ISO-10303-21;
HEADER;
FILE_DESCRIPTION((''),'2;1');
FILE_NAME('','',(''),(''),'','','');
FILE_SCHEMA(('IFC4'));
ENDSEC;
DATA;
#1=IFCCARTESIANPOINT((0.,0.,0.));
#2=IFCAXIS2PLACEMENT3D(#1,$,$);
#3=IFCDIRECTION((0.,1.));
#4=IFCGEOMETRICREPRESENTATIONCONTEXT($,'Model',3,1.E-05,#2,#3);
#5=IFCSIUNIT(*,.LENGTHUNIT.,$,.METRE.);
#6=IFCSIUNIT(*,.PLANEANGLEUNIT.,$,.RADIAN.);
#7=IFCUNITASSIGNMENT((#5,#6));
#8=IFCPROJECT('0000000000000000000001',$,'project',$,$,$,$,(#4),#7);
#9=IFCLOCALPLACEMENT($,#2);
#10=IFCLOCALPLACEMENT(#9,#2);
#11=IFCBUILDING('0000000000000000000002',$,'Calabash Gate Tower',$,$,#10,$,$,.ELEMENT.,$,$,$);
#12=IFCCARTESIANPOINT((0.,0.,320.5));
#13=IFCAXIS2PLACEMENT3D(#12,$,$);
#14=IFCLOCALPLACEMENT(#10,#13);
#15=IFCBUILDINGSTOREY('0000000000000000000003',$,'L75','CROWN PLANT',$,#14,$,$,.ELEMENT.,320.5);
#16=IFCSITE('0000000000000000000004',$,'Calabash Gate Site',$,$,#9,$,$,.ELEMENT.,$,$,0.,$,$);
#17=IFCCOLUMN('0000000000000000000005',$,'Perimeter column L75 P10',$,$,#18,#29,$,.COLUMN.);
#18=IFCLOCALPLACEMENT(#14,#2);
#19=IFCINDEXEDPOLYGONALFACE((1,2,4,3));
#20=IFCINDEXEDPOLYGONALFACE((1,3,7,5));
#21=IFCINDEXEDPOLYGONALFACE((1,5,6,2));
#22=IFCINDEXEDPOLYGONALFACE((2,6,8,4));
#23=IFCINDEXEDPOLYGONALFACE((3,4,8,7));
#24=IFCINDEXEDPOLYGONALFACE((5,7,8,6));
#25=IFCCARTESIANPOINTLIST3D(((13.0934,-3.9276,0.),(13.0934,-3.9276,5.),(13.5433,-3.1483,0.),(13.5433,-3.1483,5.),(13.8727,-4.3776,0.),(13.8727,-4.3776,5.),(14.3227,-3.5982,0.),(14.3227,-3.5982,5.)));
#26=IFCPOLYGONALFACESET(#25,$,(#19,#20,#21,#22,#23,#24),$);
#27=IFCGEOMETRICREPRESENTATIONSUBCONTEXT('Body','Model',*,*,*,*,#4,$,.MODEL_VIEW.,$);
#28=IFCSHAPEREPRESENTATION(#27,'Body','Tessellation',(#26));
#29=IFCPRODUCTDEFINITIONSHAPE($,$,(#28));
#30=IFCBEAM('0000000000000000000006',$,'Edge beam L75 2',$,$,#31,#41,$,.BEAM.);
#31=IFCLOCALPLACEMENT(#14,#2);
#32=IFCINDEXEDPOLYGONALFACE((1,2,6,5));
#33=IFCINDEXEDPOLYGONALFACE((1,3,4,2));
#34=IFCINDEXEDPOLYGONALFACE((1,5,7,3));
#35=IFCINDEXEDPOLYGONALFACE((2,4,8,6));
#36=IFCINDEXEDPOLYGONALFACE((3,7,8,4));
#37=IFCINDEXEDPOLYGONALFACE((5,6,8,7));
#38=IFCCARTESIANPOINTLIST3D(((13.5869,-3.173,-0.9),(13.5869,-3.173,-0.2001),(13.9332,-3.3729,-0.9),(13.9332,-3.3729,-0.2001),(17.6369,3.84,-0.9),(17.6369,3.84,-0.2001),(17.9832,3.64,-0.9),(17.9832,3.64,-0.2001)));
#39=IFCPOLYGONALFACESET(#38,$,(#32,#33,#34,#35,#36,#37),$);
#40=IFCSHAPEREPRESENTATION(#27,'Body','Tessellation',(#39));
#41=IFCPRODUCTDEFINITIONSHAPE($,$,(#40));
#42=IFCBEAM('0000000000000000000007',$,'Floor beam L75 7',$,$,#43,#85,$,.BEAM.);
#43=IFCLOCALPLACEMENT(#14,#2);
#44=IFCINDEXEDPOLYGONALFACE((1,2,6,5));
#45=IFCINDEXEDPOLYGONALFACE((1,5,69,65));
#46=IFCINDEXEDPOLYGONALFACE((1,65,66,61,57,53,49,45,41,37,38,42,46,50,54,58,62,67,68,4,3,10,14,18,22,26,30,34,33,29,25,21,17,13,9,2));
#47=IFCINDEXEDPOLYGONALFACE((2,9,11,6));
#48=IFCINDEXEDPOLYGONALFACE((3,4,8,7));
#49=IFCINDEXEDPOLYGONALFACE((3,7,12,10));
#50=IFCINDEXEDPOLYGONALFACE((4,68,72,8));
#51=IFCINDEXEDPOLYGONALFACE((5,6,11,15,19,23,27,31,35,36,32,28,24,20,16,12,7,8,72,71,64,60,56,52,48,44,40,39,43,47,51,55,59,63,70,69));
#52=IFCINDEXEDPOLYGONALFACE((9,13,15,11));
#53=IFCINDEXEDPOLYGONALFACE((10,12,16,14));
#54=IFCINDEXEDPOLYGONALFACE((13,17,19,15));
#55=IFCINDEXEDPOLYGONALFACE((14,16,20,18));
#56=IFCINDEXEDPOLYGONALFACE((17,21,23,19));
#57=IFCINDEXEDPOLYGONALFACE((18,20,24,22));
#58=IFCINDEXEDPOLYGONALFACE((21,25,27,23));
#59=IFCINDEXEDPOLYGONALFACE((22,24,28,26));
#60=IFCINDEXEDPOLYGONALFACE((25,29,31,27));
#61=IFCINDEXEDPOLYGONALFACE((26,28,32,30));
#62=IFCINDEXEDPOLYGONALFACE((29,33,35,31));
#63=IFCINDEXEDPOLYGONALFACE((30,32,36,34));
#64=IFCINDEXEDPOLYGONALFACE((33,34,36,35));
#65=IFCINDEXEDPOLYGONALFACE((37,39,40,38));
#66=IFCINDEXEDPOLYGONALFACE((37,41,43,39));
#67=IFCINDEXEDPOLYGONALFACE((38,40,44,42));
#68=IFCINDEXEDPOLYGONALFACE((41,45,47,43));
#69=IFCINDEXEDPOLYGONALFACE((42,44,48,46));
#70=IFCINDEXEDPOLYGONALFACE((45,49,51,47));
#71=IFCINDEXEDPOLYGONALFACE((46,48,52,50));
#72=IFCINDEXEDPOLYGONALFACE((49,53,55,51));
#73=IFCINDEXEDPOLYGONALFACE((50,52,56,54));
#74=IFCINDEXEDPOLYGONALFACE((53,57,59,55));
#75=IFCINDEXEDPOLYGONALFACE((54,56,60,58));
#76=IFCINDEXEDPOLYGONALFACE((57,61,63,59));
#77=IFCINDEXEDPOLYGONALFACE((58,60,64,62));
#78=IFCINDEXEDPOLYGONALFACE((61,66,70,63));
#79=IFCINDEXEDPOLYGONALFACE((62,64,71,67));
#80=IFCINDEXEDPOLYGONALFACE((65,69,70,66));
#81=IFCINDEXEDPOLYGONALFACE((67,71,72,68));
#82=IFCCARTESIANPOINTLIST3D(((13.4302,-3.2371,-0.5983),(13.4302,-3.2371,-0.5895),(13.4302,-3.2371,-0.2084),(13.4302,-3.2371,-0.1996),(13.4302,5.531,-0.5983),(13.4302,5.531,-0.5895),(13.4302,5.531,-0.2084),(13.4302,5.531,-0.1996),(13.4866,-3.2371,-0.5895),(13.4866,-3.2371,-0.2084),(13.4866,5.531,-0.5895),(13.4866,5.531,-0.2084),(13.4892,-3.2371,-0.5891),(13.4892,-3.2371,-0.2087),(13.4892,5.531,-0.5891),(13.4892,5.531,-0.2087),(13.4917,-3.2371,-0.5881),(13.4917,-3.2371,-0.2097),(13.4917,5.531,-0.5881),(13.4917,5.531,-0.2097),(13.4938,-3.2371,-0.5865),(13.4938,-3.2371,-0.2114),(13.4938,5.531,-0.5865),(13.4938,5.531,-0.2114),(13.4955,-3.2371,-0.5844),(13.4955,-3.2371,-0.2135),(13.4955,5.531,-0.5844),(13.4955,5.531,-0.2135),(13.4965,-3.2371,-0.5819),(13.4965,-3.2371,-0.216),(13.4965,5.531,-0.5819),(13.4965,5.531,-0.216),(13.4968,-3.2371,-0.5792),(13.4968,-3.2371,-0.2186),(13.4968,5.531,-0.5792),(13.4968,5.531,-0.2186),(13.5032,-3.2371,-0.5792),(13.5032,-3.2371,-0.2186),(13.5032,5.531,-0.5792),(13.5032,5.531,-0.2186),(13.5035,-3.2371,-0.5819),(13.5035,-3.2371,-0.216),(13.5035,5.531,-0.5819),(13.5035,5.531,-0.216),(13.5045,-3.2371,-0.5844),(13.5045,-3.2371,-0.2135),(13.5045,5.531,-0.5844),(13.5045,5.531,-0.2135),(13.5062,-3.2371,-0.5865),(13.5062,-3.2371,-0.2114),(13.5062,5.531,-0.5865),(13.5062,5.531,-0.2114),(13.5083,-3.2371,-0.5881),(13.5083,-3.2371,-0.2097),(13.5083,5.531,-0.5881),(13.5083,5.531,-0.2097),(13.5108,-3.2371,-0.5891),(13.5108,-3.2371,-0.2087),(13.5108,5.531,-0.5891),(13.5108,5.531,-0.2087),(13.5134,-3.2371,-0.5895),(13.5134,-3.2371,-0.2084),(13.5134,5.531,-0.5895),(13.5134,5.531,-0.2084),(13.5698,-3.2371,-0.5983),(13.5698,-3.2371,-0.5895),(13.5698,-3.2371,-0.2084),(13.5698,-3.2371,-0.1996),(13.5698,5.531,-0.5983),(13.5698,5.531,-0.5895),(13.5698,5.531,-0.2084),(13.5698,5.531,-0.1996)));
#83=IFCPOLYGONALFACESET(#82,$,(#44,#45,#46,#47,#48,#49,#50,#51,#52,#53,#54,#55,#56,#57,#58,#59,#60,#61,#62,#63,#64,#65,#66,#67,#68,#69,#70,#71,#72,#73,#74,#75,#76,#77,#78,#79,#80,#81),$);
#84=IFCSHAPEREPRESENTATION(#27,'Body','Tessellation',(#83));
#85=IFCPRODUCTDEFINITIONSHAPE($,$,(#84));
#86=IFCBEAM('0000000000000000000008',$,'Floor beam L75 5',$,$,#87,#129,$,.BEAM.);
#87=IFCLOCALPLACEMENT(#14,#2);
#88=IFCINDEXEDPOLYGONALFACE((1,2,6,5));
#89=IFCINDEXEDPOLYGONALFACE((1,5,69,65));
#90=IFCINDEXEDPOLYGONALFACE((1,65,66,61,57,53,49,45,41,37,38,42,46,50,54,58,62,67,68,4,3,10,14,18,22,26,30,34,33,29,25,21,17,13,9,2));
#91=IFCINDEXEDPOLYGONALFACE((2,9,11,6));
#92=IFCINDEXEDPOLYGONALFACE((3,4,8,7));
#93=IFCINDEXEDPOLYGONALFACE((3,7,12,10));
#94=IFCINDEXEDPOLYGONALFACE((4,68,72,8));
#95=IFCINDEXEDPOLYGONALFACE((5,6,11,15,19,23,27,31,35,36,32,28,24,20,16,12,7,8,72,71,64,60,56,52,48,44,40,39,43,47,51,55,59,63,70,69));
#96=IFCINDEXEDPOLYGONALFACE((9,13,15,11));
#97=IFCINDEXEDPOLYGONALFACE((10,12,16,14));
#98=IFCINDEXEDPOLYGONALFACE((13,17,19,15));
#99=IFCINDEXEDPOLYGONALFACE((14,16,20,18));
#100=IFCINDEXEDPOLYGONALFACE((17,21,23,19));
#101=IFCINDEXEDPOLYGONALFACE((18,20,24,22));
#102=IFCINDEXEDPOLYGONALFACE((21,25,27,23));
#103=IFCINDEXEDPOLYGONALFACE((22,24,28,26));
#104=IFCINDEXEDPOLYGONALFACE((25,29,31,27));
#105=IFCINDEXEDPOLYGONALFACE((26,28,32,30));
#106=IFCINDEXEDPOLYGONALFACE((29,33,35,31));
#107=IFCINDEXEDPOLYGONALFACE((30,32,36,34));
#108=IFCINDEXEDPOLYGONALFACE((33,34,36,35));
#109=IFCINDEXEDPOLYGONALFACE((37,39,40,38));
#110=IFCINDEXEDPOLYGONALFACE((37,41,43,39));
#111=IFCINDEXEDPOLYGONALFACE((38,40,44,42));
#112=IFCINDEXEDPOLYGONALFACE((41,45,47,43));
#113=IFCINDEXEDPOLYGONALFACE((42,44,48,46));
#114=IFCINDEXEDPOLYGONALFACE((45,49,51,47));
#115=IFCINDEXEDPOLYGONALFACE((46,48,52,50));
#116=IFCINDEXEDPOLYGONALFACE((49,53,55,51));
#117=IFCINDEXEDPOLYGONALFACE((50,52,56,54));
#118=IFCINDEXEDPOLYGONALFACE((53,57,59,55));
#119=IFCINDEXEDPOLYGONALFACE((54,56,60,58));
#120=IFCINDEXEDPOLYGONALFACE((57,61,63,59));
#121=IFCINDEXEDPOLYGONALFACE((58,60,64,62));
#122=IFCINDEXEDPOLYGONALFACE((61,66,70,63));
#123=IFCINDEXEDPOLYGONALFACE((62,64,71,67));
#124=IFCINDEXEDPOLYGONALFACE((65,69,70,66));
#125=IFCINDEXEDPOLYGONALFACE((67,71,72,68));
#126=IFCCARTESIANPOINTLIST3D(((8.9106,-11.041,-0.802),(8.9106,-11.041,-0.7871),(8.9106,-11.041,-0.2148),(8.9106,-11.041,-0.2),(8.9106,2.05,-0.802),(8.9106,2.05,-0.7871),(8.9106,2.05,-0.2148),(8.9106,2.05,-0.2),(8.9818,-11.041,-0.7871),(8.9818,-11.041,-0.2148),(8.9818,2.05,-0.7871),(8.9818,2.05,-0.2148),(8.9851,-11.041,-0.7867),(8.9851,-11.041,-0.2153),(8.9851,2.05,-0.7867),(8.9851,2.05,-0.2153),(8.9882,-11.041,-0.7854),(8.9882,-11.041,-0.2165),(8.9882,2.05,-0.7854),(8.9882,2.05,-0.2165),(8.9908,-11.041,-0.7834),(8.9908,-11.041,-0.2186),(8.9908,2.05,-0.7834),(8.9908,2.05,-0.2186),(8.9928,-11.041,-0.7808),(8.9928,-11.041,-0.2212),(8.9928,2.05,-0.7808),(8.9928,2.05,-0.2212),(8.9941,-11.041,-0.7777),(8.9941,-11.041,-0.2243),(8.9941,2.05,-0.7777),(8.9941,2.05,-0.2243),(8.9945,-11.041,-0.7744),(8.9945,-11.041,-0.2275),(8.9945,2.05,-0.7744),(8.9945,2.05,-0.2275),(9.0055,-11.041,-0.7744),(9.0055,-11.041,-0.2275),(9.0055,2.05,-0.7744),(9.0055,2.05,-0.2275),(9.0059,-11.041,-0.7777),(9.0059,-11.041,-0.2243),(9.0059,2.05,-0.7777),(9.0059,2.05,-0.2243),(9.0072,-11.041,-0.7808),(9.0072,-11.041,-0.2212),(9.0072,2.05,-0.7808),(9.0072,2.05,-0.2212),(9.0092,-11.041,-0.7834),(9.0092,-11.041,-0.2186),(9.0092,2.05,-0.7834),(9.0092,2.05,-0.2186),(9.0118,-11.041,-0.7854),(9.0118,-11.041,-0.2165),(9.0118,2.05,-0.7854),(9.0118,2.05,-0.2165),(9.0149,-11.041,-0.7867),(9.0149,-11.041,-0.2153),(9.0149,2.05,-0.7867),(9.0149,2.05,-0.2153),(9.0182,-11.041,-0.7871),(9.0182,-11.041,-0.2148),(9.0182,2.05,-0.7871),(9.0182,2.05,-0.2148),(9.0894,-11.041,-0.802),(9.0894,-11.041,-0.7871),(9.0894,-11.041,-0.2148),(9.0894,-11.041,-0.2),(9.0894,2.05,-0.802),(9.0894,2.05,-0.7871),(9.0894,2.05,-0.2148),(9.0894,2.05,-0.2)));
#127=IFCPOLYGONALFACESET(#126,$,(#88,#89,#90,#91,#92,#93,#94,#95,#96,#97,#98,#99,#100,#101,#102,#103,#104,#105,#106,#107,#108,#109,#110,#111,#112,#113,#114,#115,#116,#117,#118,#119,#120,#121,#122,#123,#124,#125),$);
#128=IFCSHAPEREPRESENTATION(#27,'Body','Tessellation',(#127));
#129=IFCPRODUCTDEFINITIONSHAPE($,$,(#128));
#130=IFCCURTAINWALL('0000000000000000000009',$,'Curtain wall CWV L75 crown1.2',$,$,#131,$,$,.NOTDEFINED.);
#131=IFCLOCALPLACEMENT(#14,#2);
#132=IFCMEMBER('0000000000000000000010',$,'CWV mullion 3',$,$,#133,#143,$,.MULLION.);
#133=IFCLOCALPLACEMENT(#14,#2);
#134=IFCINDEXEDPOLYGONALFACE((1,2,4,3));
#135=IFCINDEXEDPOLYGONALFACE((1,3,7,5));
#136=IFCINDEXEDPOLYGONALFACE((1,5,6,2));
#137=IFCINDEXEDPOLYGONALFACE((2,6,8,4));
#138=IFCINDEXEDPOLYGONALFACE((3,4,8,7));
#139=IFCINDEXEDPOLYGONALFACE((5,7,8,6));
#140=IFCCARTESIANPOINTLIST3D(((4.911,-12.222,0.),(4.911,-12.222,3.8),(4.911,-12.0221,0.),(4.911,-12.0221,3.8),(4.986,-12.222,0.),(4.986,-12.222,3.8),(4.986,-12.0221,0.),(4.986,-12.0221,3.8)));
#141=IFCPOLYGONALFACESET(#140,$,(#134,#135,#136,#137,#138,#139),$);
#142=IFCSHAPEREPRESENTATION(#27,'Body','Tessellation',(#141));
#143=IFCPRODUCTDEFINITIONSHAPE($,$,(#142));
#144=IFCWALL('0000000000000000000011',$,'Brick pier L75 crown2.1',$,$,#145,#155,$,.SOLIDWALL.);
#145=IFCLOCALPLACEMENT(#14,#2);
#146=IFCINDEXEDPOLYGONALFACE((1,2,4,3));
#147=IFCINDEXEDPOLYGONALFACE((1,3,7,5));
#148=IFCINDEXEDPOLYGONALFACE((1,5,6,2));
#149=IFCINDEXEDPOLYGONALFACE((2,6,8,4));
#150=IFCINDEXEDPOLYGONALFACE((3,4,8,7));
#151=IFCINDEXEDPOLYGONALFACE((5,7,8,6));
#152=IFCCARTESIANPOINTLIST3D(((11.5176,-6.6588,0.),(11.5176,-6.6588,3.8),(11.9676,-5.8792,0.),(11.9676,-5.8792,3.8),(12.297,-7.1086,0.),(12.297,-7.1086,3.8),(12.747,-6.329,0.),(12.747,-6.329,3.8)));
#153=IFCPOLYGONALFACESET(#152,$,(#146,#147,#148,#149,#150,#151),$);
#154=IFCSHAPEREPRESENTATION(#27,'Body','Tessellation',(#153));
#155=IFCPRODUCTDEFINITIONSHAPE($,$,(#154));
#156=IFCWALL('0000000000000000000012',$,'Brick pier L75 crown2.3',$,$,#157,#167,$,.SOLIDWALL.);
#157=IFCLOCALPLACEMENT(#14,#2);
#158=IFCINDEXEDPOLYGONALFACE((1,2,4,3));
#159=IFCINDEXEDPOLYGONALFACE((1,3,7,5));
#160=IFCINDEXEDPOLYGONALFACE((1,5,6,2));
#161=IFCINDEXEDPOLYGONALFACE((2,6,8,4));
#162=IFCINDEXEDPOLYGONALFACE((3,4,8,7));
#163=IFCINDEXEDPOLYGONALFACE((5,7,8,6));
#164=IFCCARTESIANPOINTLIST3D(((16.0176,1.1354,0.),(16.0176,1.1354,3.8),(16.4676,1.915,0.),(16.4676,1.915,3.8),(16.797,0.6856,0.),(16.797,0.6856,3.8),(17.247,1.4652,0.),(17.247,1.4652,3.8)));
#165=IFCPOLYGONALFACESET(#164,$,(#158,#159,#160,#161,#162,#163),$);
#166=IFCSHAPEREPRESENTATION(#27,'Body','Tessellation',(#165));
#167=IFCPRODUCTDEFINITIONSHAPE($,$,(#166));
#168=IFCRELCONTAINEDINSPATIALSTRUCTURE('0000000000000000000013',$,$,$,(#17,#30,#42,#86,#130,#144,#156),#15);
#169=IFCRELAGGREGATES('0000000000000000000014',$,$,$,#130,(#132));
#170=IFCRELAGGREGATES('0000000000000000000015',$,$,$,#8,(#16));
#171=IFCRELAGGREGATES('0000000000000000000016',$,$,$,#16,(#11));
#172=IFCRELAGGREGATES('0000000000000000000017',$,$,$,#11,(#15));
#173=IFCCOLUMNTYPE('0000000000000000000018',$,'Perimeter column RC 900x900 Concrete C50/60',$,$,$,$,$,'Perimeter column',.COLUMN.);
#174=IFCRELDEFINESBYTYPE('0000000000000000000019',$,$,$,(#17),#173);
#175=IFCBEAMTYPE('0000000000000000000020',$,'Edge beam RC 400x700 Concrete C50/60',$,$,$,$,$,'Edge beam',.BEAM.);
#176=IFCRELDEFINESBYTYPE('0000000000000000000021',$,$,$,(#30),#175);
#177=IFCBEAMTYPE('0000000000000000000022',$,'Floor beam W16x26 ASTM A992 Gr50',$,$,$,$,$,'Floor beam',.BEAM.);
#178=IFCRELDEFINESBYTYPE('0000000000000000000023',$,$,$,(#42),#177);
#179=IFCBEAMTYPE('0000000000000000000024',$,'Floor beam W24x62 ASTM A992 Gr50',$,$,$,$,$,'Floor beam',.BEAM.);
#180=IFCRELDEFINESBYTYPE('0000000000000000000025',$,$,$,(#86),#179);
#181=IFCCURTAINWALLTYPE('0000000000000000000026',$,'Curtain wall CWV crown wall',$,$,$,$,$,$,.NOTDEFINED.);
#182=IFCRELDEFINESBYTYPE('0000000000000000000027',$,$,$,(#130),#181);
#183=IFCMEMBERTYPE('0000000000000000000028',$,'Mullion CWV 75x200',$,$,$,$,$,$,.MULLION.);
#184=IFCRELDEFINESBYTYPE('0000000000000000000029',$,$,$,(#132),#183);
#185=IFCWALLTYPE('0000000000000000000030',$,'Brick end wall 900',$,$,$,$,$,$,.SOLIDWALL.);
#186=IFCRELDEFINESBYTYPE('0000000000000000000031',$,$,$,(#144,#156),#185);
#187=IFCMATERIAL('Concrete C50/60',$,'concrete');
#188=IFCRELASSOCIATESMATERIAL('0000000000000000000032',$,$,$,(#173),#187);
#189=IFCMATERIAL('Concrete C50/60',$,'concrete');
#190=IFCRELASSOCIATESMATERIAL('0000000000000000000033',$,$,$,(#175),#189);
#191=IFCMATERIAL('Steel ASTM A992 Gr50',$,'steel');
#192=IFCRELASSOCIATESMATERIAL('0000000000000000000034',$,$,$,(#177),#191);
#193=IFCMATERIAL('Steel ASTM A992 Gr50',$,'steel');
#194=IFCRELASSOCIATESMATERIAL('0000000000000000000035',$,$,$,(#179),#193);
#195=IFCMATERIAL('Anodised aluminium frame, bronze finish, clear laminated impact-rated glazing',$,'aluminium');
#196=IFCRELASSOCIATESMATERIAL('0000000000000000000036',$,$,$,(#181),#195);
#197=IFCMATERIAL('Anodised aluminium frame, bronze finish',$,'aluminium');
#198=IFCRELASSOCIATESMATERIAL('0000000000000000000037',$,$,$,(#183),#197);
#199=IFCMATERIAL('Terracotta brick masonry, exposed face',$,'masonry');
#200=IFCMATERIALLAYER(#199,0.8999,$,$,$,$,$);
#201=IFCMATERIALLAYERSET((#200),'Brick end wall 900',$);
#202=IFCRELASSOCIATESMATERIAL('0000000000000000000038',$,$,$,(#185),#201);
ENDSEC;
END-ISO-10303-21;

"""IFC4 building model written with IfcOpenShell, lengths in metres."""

from ifc_helpers import new_model, si_unit, direction, frame, frame_2d, origin, origin_2d, place, context, subcontext, project, spatial, rectangle, i_section, extrude, material, layer, layer_set, material_profile, profile_set, type_object, element, aggregate, save


model = new_model("IFC4")

# Units and contexts
model_context = context("Model", 3, precision=1e-05, world=origin(), true_north=direction((0.0, 1.0)))
body_context = subcontext(model_context, "Body", "Model", "MODEL_VIEW")
ifc_project = project(units=[si_unit("LENGTHUNIT", "METRE"), si_unit("PLANEANGLEUNIT", "RADIAN")], contexts=[model_context])

# Site, building, storey
site_placement = place(None, origin())
site = spatial("IfcSite", under=ifc_project, at=site_placement, Name="Calabash Gate Site", CompositionType="ELEMENT", RefElevation=0.0)
building_placement = place(site_placement, origin())
building = spatial("IfcBuilding", under=site, at=building_placement, Name="Calabash Gate Tower", CompositionType="ELEMENT")
storey_placement = place(building_placement, frame((0.0, 0.0, 320.5)))
storey = spatial("IfcBuildingStorey", under=building, at=storey_placement, Name="L75", Description="CROWN PLANT", CompositionType="ELEMENT", Elevation=320.5)

# Column
ifc_material_1 = material(Name="Concrete C50/60", Category="concrete")
ifc_material_profile_1 = material_profile(ifc_material_1, rectangle(XDim=0.8999, YDim=0.8999, at=origin_2d()))
ifc_profile_set_1 = profile_set([ifc_material_profile_1], Name="Concrete C50/60")
column_type = type_object("IfcColumnType", Name="Perimeter column RC 900x900 Concrete C50/60", ElementType="Perimeter column", PredefinedType="COLUMN", material=ifc_profile_set_1)
column_placement = place(storey_placement, frame((13.708, -3.7629, 0.0), z_axis=(0.0, 0.0, 1.0), x_axis=(0.5, 0.866025, 0.0)))
element("IfcColumn", 1, at=column_placement, inside=storey, type_object=column_type, Name="Perimeter column L75 P10", PredefinedType="COLUMN", context=body_context, shape_type="SweptSolid", body=[
    extrude(rectangle(XDim=0.8999, YDim=0.8999, at=origin_2d()), origin(), (0.0, 0.0, 1.0), 5.0),
])

# Beams
ifc_material_2 = material(Name="Concrete C50/60", Category="concrete")
ifc_material_profile_2 = material_profile(ifc_material_2, rectangle(XDim=0.3999, YDim=0.7, at=origin_2d()))
ifc_profile_set_2 = profile_set([ifc_material_profile_2], Name="Concrete C50/60")
beam_type_1 = type_object("IfcBeamType", Name="Edge beam RC 400x700 Concrete C50/60", ElementType="Edge beam", PredefinedType="BEAM", material=ifc_profile_set_2)
beam_1_placement = place(storey_placement, frame((13.76, -3.2729, -0.55), z_axis=(0.500104, 0.865965, 0.0), x_axis=(-0.865965, 0.500104, 0.0)))
element("IfcBeam", 2, at=beam_1_placement, inside=storey, type_object=beam_type_1, Name="Edge beam L75 2", PredefinedType="BEAM", context=body_context, shape_type="SweptSolid", body=[
    extrude(rectangle(XDim=0.3999, YDim=0.7, at=origin_2d()), origin(), (0.0, 0.0, 1.0), 8.0984),
])
ifc_material_3 = material(Name="Steel ASTM A992 Gr50", Category="steel")
ifc_material_profile_3 = material_profile(ifc_material_3, i_section(OverallWidth=0.1396, OverallDepth=0.3987, WebThickness=0.0063, FlangeThickness=0.0088, FilletRadius=0.0103, at=origin_2d()))
ifc_profile_set_3 = profile_set([ifc_material_profile_3], Name="Steel ASTM A992 Gr50")
beam_type_2 = type_object("IfcBeamType", Name="Floor beam W16x26 ASTM A992 Gr50", ElementType="Floor beam", PredefinedType="BEAM", material=ifc_profile_set_3)
beam_2_placement = place(storey_placement, frame((13.5, -3.2371, -0.3989), z_axis=(0.0, 1.0, 0.0), x_axis=(-1.0, 0.0, 0.0)))
element("IfcBeam", 3, at=beam_2_placement, inside=storey, type_object=beam_type_2, Name="Floor beam L75 7", PredefinedType="BEAM", context=body_context, shape_type="SweptSolid", body=[
    extrude(i_section(OverallWidth=0.1396, OverallDepth=0.3987, WebThickness=0.0063, FlangeThickness=0.0088, FilletRadius=0.0103, at=origin_2d()), origin(), (0.0, 0.0, 1.0), 8.7681),
])
ifc_material_4 = material(Name="Steel ASTM A992 Gr50", Category="steel")
ifc_material_profile_4 = material_profile(ifc_material_4, i_section(OverallWidth=0.1787, OverallDepth=0.6021, WebThickness=0.011, FlangeThickness=0.0149, FilletRadius=0.0127, at=origin_2d()))
ifc_profile_set_4 = profile_set([ifc_material_profile_4], Name="Steel ASTM A992 Gr50")
beam_type_3 = type_object("IfcBeamType", Name="Floor beam W24x62 ASTM A992 Gr50", ElementType="Floor beam", PredefinedType="BEAM", material=ifc_profile_set_4)
beam_3_placement = place(storey_placement, frame((9.0, -11.041, -0.501), z_axis=(0.0, 1.0, 0.0), x_axis=(-1.0, 0.0, 0.0)))
element("IfcBeam", 4, at=beam_3_placement, inside=storey, type_object=beam_type_3, Name="Floor beam L75 5", PredefinedType="BEAM", context=body_context, shape_type="SweptSolid", body=[
    extrude(i_section(OverallWidth=0.1787, OverallDepth=0.6021, WebThickness=0.011, FlangeThickness=0.0149, FilletRadius=0.0127, at=origin_2d()), origin(), (0.0, 0.0, 1.0), 13.0911),
])

# Curtain wall, member
ifc_material_5 = material(Name="Anodised aluminium frame, bronze finish, clear laminated impact-rated glazing", Category="aluminium")
curtain_wall_type = type_object("IfcCurtainWallType", Name="Curtain wall CWV crown wall", PredefinedType="NOTDEFINED", material=ifc_material_5)
curtain_wall_placement = place(storey_placement, origin())
curtain_wall = element("IfcCurtainWall", 5, at=curtain_wall_placement, inside=storey, type_object=curtain_wall_type, Name="Curtain wall CWV L75 crown1.2", PredefinedType="NOTDEFINED")
ifc_material_6 = material(Name="Anodised aluminium frame, bronze finish", Category="aluminium")
ifc_material_profile_5 = material_profile(ifc_material_6, rectangle(XDim=0.2, YDim=0.075, at=origin_2d()))
ifc_profile_set_5 = profile_set([ifc_material_profile_5], Name="Anodised aluminium frame, bronze finish")
member_type = type_object("IfcMemberType", Name="Mullion CWV 75x200", PredefinedType="MULLION", material=ifc_profile_set_5)
member_placement = place(storey_placement, frame((4.9485, -12.1221, 0.0), z_axis=(0.0, 0.0, 1.0), x_axis=(0.0, 1.0, 0.0)))
member = element("IfcMember", 6, at=member_placement, type_object=member_type, Name="CWV mullion 3", PredefinedType="MULLION", context=body_context, shape_type="SweptSolid", body=[
    extrude(rectangle(XDim=0.2, YDim=0.075, at=origin_2d()), origin(), (0.0, 0.0, 1.0), 3.8),
])
aggregate(curtain_wall, [member])

# Walls
ifc_material_7 = material(Name="Terracotta brick masonry, exposed face", Category="masonry")
ifc_layer_1 = layer(ifc_material_7, 0.8999)
ifc_layer_set_1 = layer_set([ifc_layer_1], Name="Brick end wall 900")
wall_type_1 = type_object("IfcWallType", Name="Brick end wall 900", PredefinedType="SOLIDWALL", material=ifc_layer_set_1)
for number, where, z_axis, x_axis, name in (
    (7, (11.9072, -6.8838, 0.0), (0.0, 0.0, 1.0), (0.499902, 0.866082, 0.0), "Brick pier L75 crown2.1"),
    (8, (16.4072, 0.9104, 0.0), (0.0, 0.0, 1.0), (0.499902, 0.866082, 0.0), "Brick pier L75 crown2.3"),
):
    element("IfcWall", number, at=place(storey_placement, frame(where, z_axis=z_axis, x_axis=x_axis)), inside=storey, type_object=wall_type_1, Name=name, PredefinedType="SOLIDWALL", context=body_context, shape_type="SweptSolid", body=[
        extrude(rectangle(XDim=0.9001, YDim=0.8999, at=frame_2d((0.4502, 0.0))), origin(), (0.0, 0.0, 1.0), 3.8),
    ])

save(model, "model.ifc")
